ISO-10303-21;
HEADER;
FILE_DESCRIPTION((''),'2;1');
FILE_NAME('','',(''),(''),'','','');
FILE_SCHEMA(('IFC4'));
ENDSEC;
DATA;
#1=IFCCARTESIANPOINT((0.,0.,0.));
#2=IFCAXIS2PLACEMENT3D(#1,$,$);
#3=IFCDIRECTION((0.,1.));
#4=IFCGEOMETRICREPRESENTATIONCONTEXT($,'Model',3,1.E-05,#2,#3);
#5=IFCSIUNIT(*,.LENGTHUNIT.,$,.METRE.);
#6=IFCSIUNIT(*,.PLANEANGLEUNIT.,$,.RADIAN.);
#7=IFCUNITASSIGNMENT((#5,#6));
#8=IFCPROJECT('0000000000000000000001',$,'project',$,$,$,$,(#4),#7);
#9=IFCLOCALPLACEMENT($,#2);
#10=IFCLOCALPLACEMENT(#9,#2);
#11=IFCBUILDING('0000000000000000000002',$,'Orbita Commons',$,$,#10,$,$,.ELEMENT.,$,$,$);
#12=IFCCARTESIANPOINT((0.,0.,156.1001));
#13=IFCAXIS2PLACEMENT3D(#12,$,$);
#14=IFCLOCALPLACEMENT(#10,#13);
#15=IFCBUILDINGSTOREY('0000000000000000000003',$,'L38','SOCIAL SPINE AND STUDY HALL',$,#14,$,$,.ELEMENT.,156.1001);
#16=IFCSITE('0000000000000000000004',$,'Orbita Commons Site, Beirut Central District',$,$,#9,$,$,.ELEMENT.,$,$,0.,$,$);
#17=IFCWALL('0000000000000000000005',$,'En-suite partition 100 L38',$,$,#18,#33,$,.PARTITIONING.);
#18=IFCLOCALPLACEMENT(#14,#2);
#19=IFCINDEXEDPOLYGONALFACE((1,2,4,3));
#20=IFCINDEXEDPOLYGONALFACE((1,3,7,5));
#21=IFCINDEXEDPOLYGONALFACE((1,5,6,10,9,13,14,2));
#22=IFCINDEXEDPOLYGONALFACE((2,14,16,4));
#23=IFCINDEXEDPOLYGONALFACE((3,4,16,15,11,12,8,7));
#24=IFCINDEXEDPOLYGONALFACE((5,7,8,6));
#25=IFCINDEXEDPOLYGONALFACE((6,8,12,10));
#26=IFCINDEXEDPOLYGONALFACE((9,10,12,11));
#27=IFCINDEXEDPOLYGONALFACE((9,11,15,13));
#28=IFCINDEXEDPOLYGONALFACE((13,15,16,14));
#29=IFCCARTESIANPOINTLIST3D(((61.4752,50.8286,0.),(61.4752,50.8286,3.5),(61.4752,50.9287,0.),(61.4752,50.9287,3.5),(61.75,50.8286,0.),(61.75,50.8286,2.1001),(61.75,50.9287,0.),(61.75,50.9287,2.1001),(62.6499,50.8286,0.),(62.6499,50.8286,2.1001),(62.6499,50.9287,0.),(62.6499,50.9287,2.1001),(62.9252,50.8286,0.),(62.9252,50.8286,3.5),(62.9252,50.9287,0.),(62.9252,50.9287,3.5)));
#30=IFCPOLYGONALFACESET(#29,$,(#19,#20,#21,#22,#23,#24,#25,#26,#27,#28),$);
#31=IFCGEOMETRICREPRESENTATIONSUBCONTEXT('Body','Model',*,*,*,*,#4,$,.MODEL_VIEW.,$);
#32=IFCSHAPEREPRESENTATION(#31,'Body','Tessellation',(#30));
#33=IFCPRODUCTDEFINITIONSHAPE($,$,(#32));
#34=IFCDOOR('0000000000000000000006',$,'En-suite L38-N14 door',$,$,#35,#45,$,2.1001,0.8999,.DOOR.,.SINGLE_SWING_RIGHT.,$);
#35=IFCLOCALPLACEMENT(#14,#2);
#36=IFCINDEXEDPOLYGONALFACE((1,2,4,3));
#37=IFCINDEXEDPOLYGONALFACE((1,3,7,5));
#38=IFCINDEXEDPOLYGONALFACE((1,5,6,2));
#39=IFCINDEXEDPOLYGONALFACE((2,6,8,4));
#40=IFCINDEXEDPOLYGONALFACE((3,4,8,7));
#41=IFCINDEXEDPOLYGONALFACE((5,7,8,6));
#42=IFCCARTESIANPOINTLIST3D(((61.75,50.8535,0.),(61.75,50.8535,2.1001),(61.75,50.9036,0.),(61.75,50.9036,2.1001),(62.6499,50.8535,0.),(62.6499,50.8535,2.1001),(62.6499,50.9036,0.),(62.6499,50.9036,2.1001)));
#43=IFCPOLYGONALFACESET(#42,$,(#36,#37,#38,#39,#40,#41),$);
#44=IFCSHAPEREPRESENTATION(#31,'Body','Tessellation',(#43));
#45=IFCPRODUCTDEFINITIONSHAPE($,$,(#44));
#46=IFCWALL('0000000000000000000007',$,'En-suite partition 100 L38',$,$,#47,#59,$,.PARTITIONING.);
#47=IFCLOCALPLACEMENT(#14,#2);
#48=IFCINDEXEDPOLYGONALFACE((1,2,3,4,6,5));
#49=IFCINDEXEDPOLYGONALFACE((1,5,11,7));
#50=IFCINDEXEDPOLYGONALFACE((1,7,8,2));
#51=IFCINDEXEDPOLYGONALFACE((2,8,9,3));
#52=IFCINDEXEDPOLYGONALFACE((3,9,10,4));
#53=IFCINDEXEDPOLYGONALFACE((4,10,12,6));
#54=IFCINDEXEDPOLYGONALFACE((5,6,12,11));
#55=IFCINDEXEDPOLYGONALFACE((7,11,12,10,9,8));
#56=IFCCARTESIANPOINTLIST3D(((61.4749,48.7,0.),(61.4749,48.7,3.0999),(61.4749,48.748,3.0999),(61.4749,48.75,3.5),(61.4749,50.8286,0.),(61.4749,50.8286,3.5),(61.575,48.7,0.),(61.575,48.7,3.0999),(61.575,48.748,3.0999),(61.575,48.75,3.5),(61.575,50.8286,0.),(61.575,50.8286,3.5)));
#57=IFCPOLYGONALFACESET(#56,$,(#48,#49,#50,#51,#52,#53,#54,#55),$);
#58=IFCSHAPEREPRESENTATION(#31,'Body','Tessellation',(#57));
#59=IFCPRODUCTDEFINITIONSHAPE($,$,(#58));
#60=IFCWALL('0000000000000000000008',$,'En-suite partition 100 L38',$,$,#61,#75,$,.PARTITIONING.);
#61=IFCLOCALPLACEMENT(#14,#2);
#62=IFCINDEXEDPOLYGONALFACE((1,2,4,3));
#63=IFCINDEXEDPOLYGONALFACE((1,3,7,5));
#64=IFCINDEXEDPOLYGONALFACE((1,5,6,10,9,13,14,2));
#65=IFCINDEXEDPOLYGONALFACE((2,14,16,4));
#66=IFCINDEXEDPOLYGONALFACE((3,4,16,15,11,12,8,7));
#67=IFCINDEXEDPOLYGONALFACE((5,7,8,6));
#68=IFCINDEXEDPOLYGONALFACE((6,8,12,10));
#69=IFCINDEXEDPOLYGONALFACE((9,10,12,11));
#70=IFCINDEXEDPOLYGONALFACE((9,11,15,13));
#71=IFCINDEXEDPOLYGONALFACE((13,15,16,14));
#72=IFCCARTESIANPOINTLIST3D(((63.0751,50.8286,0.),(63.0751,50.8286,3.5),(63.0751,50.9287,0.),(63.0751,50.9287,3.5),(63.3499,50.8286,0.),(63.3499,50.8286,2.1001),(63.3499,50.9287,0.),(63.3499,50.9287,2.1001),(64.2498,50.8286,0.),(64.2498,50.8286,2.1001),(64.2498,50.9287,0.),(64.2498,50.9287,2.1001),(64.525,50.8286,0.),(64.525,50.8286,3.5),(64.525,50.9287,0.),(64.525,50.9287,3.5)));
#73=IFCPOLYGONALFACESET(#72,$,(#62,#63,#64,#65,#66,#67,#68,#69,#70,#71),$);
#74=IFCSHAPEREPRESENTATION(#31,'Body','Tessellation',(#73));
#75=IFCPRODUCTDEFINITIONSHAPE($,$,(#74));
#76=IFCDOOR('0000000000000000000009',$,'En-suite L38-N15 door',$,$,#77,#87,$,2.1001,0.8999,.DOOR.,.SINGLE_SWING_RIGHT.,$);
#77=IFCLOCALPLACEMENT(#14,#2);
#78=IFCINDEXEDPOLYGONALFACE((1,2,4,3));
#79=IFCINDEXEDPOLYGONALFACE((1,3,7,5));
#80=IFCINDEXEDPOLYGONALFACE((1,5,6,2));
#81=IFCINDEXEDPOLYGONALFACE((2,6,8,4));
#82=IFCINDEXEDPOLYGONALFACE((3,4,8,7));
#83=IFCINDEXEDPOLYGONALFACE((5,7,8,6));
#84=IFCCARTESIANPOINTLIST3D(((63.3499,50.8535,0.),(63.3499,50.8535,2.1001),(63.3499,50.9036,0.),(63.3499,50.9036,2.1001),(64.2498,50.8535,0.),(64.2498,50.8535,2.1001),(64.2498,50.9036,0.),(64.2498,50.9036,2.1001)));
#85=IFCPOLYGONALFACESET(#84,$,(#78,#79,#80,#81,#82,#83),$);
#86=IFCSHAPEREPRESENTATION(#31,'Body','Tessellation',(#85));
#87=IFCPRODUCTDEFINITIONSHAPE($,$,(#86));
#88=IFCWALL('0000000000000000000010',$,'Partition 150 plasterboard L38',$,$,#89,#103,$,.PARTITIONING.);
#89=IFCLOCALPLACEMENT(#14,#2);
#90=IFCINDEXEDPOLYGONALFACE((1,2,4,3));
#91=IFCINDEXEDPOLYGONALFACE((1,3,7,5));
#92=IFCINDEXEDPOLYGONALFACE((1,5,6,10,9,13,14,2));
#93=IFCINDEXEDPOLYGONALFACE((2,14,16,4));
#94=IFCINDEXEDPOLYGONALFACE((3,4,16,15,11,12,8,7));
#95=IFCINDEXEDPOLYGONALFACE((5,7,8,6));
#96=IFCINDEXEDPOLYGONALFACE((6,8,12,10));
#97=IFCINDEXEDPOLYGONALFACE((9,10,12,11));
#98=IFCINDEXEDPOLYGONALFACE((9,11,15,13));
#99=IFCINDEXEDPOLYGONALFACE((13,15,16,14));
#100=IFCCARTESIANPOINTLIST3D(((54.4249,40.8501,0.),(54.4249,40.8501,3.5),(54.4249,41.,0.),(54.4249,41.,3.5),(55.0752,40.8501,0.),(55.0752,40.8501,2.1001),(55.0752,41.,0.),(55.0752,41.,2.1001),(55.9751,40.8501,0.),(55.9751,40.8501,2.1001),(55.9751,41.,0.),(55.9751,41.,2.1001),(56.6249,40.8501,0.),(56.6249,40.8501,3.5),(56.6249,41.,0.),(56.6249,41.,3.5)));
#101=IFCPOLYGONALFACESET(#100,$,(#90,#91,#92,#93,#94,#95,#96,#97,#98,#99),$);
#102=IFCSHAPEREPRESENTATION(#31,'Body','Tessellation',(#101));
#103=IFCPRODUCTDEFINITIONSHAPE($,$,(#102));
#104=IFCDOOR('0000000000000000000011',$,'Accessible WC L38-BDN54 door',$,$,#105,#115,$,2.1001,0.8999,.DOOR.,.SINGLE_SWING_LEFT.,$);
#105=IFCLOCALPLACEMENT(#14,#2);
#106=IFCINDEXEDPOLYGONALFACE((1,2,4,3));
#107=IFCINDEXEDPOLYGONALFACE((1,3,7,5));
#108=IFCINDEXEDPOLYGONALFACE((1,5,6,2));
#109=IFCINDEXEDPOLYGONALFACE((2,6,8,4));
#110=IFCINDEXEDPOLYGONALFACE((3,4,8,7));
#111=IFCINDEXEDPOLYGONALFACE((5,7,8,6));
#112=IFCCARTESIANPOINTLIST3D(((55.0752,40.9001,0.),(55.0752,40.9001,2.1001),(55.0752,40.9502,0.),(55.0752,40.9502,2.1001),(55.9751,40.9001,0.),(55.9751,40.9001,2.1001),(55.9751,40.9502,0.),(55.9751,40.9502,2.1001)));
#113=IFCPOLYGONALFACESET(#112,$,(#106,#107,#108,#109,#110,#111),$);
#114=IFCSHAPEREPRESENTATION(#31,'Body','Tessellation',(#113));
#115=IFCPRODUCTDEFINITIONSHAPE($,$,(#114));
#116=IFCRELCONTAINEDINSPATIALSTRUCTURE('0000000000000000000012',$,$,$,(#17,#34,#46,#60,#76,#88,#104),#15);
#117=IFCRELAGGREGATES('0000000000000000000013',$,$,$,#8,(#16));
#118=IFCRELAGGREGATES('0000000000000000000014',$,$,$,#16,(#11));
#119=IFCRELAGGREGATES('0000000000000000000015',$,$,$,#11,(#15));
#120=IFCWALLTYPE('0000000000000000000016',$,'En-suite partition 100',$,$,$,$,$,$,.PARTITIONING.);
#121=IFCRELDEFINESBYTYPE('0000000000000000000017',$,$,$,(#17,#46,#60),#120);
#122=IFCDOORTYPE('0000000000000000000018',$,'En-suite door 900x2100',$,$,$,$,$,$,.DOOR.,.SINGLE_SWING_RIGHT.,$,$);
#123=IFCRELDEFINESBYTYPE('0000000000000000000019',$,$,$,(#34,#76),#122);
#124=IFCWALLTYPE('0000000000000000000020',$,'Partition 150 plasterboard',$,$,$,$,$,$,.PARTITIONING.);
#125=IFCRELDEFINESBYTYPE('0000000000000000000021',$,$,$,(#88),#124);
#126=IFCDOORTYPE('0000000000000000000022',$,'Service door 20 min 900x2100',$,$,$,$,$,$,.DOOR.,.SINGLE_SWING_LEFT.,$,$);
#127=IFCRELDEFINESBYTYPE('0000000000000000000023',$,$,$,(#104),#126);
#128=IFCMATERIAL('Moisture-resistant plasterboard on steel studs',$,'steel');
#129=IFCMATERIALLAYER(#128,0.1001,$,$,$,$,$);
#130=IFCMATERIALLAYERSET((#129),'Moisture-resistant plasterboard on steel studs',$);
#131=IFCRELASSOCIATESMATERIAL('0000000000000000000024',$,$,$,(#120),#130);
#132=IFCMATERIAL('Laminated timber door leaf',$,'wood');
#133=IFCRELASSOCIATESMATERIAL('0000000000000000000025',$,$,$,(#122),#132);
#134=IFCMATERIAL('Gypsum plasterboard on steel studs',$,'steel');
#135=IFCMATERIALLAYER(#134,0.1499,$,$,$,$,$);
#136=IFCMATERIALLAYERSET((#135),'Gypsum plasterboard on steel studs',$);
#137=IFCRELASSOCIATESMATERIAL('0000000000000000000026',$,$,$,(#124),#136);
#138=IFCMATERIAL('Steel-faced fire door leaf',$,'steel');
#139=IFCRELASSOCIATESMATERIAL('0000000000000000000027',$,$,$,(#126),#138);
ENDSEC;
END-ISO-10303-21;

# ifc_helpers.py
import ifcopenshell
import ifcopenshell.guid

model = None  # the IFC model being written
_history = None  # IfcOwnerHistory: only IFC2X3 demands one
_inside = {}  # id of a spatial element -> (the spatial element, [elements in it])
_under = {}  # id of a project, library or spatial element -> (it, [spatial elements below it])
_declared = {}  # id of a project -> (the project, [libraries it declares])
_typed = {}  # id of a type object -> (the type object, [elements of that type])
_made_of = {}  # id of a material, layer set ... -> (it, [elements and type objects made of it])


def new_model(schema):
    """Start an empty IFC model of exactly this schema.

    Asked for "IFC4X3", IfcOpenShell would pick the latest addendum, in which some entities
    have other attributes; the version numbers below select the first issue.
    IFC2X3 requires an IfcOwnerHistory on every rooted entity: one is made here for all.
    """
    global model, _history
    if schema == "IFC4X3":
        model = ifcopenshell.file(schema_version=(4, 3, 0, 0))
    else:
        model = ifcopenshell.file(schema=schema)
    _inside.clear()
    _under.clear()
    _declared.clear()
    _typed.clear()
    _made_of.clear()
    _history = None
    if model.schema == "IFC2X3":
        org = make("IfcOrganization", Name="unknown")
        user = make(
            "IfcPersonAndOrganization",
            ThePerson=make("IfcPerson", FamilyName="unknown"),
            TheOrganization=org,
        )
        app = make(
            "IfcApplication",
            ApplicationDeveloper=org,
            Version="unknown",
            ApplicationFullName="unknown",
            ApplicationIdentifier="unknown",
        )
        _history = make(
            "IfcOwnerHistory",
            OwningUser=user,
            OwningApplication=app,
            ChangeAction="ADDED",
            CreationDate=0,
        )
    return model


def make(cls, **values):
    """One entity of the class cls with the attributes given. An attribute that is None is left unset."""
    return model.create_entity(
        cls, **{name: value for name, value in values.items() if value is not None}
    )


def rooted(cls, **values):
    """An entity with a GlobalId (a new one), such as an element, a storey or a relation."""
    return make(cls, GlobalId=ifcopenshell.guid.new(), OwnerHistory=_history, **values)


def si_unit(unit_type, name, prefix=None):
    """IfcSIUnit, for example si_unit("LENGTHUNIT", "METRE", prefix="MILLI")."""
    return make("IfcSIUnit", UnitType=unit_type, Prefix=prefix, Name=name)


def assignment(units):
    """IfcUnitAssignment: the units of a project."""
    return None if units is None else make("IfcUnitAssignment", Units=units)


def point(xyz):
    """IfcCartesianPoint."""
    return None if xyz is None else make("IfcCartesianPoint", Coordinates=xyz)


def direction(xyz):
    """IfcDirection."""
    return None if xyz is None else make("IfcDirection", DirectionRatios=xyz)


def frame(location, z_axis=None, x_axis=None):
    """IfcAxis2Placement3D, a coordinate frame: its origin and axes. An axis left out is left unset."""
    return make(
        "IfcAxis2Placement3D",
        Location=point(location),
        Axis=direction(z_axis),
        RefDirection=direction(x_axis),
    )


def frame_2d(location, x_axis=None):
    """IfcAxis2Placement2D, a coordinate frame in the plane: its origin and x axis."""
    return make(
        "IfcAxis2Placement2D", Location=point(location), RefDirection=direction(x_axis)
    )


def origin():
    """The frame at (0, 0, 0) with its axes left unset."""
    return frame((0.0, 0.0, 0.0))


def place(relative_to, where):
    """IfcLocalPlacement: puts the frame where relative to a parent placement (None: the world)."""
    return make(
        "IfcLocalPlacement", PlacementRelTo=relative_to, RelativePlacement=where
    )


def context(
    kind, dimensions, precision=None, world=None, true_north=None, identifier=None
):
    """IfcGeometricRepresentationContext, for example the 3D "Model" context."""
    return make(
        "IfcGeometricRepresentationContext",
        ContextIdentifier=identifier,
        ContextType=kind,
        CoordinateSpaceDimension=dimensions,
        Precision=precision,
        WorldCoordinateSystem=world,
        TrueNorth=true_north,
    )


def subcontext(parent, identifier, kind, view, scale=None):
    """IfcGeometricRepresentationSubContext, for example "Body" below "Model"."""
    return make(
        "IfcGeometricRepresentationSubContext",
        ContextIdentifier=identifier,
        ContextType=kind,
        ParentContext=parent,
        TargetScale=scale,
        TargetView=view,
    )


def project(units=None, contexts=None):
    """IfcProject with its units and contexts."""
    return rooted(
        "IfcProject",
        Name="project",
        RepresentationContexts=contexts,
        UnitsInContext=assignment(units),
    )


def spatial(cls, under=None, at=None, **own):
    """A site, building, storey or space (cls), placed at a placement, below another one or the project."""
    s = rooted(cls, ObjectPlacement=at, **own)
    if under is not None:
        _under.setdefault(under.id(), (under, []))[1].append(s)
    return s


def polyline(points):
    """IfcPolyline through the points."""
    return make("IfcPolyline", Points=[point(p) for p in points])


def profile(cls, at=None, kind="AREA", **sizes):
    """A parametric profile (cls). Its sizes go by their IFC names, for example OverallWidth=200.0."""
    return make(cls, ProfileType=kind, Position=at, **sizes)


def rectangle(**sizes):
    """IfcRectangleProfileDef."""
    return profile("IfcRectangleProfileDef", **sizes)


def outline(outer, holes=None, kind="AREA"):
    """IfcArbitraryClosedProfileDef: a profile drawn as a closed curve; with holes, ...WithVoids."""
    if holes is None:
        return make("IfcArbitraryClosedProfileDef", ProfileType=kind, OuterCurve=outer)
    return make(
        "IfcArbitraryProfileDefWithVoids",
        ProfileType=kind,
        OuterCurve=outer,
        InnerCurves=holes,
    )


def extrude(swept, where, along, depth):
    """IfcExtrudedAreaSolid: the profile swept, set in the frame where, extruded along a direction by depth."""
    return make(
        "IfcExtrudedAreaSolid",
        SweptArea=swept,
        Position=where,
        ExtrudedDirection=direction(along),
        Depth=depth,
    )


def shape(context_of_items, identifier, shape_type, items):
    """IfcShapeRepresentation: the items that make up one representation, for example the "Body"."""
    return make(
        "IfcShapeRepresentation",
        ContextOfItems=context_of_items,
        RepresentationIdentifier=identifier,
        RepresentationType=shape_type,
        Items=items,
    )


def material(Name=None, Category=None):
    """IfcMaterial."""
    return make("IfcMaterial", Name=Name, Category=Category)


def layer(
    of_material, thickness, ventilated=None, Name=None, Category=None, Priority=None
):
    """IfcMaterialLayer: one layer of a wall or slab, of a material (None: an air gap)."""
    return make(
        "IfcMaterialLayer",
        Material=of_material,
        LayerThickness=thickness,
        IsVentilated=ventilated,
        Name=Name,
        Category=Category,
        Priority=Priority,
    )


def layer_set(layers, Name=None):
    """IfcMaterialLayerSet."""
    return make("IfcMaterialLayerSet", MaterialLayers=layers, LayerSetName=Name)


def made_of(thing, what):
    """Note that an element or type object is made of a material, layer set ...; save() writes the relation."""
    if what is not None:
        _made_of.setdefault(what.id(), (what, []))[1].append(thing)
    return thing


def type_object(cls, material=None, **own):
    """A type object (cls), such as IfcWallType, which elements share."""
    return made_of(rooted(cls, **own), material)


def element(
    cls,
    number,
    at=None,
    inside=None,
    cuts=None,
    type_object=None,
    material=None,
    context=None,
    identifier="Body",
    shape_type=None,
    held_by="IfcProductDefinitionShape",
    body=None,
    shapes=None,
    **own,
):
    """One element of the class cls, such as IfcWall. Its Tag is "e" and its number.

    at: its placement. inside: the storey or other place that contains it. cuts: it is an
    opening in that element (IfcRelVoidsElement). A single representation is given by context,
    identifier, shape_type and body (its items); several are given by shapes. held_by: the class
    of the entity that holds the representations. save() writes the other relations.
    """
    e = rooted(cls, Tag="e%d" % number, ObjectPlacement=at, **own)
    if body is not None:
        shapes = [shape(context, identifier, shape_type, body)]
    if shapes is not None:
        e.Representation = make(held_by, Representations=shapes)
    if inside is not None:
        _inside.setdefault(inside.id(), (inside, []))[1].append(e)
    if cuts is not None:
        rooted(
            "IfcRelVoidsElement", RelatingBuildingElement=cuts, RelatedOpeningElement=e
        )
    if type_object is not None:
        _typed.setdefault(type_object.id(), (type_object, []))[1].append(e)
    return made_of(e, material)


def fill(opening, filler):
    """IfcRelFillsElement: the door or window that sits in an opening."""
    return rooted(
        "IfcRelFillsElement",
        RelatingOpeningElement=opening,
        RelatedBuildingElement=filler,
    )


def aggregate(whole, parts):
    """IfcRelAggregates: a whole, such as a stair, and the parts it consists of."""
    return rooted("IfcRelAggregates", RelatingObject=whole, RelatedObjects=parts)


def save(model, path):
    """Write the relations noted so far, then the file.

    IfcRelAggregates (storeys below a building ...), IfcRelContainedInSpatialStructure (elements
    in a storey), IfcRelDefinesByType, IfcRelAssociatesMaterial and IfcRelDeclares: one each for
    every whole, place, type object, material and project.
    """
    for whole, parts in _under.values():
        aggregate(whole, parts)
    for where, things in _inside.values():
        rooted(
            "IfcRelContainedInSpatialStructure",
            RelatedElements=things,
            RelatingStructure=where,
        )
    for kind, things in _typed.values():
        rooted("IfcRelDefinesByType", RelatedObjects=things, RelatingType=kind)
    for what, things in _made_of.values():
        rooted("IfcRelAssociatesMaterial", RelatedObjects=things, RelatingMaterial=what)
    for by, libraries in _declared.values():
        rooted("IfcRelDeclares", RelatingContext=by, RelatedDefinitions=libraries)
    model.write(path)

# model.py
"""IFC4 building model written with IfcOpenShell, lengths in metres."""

from ifc_helpers import new_model, si_unit, direction, frame, frame_2d, origin, place, context, subcontext, project, spatial, polyline, rectangle, outline, extrude, material, layer, layer_set, type_object, element, fill, save


model = new_model("IFC4")

# Units and contexts
model_context = context("Model", 3, precision=1e-05, world=origin(), true_north=direction((0.0, 1.0)))
body_context = subcontext(model_context, "Body", "Model", "MODEL_VIEW")
ifc_project = project(units=[si_unit("LENGTHUNIT", "METRE"), si_unit("PLANEANGLEUNIT", "RADIAN")], contexts=[model_context])

# Site, building, storey
site_placement = place(None, origin())
site = spatial("IfcSite", under=ifc_project, at=site_placement, Name="Orbita Commons Site, Beirut Central District", CompositionType="ELEMENT", RefElevation=0.0)
building_placement = place(site_placement, origin())
building = spatial("IfcBuilding", under=site, at=building_placement, Name="Orbita Commons", CompositionType="ELEMENT")
storey_placement = place(building_placement, frame((0.0, 0.0, 156.1001)))
storey = spatial("IfcBuildingStorey", under=building, at=storey_placement, Name="L38", Description="SOCIAL SPINE AND STUDY HALL", CompositionType="ELEMENT", Elevation=156.1001)

# Shared definitions
ifc_material_1 = material(Name="Moisture-resistant plasterboard on steel studs", Category="steel")
ifc_layer_1 = layer(ifc_material_1, 0.1001)
ifc_layer_set_1 = layer_set([ifc_layer_1], Name="Moisture-resistant plasterboard on steel studs")
wall_type_1 = type_object("IfcWallType", Name="En-suite partition 100", PredefinedType="PARTITIONING", material=ifc_layer_set_1)

# Wall, opening, door
wall_1_placement = place(storey_placement, frame((61.4751, 50.8787, 0.0), z_axis=(0.0, 0.0, 1.0), x_axis=(1.0, 0.0, 0.0)))
wall_1 = element("IfcWall", 1, at=wall_1_placement, inside=storey, type_object=wall_type_1, Name="En-suite partition 100 L38", PredefinedType="PARTITIONING", context=body_context, shape_type="SweptSolid", body=[
    extrude(rectangle(XDim=1.45, YDim=0.1001, at=frame_2d((0.7251, 0.0))), origin(), (0.0, 0.0, 1.0), 3.5),
])
opening_1_placement = place(wall_1_placement, frame((0.2749, 0.0, 0.0)))
opening_1 = element("IfcOpeningElement", 2, at=opening_1_placement, cuts=wall_1, PredefinedType="OPENING", context=body_context, shape_type="SweptSolid", body=[
    extrude(rectangle(XDim=0.8999, YDim=2.1001, at=frame_2d((0.45, 1.05))), frame((0.0, 0.0601, 0.0), z_axis=(0.0, -1.0, 0.0), x_axis=(1.0, 0.0, 0.0)), (0.0, 0.0, 1.0), 0.1201),
])
ifc_material_2 = material(Name="Laminated timber door leaf", Category="wood")
door_type_1 = type_object("IfcDoorType", Name="En-suite door 900x2100", OperationType="SINGLE_SWING_RIGHT", PredefinedType="DOOR", material=ifc_material_2)
door_1_placement = place(opening_1_placement, origin())
door_1 = element("IfcDoor", 3, at=door_1_placement, inside=storey, type_object=door_type_1, Name="En-suite L38-N14 door", OperationType="SINGLE_SWING_RIGHT", OverallHeight=2.1001, OverallWidth=0.8999, PredefinedType="DOOR", context=body_context, shape_type="SweptSolid", body=[
    extrude(rectangle(XDim=0.8999, YDim=2.1001, at=frame_2d((0.45, 1.05))), frame((0.0, 0.0249, 0.0), z_axis=(0.0, -1.0, 0.0), x_axis=(1.0, 0.0, 0.0)), (0.0, 0.0, 1.0), 0.05),
])
fill(opening_1, door_1)

# Wall
wall_2_placement = place(storey_placement, frame((61.5249, 50.8286, 0.0), z_axis=(0.0, 0.0, 1.0), x_axis=(0.0, -1.0, 0.0)))
element("IfcWall", 4, at=wall_2_placement, inside=storey, type_object=wall_type_1, Name="En-suite partition 100 L38", PredefinedType="PARTITIONING", context=body_context, shape_type="SweptSolid", body=[
    extrude(outline(polyline([(0.0, 0.0), (2.1287, 0.0), (2.1287, 3.0999), (2.0806, 3.0999), (2.0786, 3.5), (0.0, 3.5), (0.0, 0.0)])), frame((0.0, 0.05, 0.0), z_axis=(0.0, -1.0, 0.0), x_axis=(1.0, 0.0, 0.0)), (0.0, 0.0, 1.0), 0.1001),
])

# Walls, openings, doors
wall_3_placement = place(storey_placement, frame((63.075, 50.8787, 0.0), z_axis=(0.0, 0.0, 1.0), x_axis=(1.0, 0.0, 0.0)))
wall_3 = element("IfcWall", 5, at=wall_3_placement, inside=storey, type_object=wall_type_1, Name="En-suite partition 100 L38", PredefinedType="PARTITIONING", context=body_context, shape_type="SweptSolid", body=[
    extrude(rectangle(XDim=1.45, YDim=0.1001, at=frame_2d((0.7251, 0.0))), origin(), (0.0, 0.0, 1.0), 3.5),
])
opening_2_placement = place(wall_3_placement, frame((0.2749, 0.0, 0.0)))
opening_2 = element("IfcOpeningElement", 6, at=opening_2_placement, cuts=wall_3, PredefinedType="OPENING", context=body_context, shape_type="SweptSolid", body=[
    extrude(rectangle(XDim=0.8999, YDim=2.1001, at=frame_2d((0.45, 1.05))), frame((0.0, 0.0601, 0.0), z_axis=(0.0, -1.0, 0.0), x_axis=(1.0, 0.0, 0.0)), (0.0, 0.0, 1.0), 0.1201),
])
door_2_placement = place(opening_2_placement, origin())
door_2 = element("IfcDoor", 7, at=door_2_placement, inside=storey, type_object=door_type_1, Name="En-suite L38-N15 door", OperationType="SINGLE_SWING_RIGHT", OverallHeight=2.1001, OverallWidth=0.8999, PredefinedType="DOOR", context=body_context, shape_type="SweptSolid", body=[
    extrude(rectangle(XDim=0.8999, YDim=2.1001, at=frame_2d((0.45, 1.05))), frame((0.0, 0.0249, 0.0), z_axis=(0.0, -1.0, 0.0), x_axis=(1.0, 0.0, 0.0)), (0.0, 0.0, 1.0), 0.05),
])
fill(opening_2, door_2)
ifc_material_3 = material(Name="Gypsum plasterboard on steel studs", Category="steel")
ifc_layer_2 = layer(ifc_material_3, 0.1499)
ifc_layer_set_2 = layer_set([ifc_layer_2], Name="Gypsum plasterboard on steel studs")
wall_type_2 = type_object("IfcWallType", Name="Partition 150 plasterboard", PredefinedType="PARTITIONING", material=ifc_layer_set_2)
wall_4_placement = place(storey_placement, frame((56.625, 40.925, 0.0), z_axis=(0.0, 0.0, 1.0), x_axis=(-1.0, 0.0, 0.0)))
wall_4 = element("IfcWall", 8, at=wall_4_placement, inside=storey, type_object=wall_type_2, Name="Partition 150 plasterboard L38", PredefinedType="PARTITIONING", context=body_context, shape_type="SweptSolid", body=[
    extrude(rectangle(XDim=2.2, YDim=0.1499, at=frame_2d((1.1001, 0.0))), origin(), (0.0, 0.0, 1.0), 3.5),
])
opening_3_placement = place(wall_4_placement, frame((0.6499, 0.0, 0.0)))
opening_3 = element("IfcOpeningElement", 9, at=opening_3_placement, cuts=wall_4, PredefinedType="OPENING", context=body_context, shape_type="SweptSolid", body=[
    extrude(rectangle(XDim=0.8999, YDim=2.1001, at=frame_2d((0.45, 1.05))), frame((0.0, 0.085, 0.0), z_axis=(0.0, -1.0, 0.0), x_axis=(1.0, 0.0, 0.0)), (0.0, 0.0, 1.0), 0.1699),
])
ifc_material_4 = material(Name="Steel-faced fire door leaf", Category="steel")
door_type_2 = type_object("IfcDoorType", Name="Service door 20 min 900x2100", OperationType="SINGLE_SWING_LEFT", PredefinedType="DOOR", material=ifc_material_4)
door_3_placement = place(opening_3_placement, origin())
door_3 = element("IfcDoor", 10, at=door_3_placement, inside=storey, type_object=door_type_2, Name="Accessible WC L38-BDN54 door", OperationType="SINGLE_SWING_LEFT", OverallHeight=2.1001, OverallWidth=0.8999, PredefinedType="DOOR", context=body_context, shape_type="SweptSolid", body=[
    extrude(rectangle(XDim=0.8999, YDim=2.1001, at=frame_2d((0.45, 1.05))), frame((0.0, 0.0249, 0.0), z_axis=(0.0, -1.0, 0.0), x_axis=(1.0, 0.0, 0.0)), (0.0, 0.0, 1.0), 0.05),
])
fill(opening_3, door_3)

save(model, "model.ifc")
